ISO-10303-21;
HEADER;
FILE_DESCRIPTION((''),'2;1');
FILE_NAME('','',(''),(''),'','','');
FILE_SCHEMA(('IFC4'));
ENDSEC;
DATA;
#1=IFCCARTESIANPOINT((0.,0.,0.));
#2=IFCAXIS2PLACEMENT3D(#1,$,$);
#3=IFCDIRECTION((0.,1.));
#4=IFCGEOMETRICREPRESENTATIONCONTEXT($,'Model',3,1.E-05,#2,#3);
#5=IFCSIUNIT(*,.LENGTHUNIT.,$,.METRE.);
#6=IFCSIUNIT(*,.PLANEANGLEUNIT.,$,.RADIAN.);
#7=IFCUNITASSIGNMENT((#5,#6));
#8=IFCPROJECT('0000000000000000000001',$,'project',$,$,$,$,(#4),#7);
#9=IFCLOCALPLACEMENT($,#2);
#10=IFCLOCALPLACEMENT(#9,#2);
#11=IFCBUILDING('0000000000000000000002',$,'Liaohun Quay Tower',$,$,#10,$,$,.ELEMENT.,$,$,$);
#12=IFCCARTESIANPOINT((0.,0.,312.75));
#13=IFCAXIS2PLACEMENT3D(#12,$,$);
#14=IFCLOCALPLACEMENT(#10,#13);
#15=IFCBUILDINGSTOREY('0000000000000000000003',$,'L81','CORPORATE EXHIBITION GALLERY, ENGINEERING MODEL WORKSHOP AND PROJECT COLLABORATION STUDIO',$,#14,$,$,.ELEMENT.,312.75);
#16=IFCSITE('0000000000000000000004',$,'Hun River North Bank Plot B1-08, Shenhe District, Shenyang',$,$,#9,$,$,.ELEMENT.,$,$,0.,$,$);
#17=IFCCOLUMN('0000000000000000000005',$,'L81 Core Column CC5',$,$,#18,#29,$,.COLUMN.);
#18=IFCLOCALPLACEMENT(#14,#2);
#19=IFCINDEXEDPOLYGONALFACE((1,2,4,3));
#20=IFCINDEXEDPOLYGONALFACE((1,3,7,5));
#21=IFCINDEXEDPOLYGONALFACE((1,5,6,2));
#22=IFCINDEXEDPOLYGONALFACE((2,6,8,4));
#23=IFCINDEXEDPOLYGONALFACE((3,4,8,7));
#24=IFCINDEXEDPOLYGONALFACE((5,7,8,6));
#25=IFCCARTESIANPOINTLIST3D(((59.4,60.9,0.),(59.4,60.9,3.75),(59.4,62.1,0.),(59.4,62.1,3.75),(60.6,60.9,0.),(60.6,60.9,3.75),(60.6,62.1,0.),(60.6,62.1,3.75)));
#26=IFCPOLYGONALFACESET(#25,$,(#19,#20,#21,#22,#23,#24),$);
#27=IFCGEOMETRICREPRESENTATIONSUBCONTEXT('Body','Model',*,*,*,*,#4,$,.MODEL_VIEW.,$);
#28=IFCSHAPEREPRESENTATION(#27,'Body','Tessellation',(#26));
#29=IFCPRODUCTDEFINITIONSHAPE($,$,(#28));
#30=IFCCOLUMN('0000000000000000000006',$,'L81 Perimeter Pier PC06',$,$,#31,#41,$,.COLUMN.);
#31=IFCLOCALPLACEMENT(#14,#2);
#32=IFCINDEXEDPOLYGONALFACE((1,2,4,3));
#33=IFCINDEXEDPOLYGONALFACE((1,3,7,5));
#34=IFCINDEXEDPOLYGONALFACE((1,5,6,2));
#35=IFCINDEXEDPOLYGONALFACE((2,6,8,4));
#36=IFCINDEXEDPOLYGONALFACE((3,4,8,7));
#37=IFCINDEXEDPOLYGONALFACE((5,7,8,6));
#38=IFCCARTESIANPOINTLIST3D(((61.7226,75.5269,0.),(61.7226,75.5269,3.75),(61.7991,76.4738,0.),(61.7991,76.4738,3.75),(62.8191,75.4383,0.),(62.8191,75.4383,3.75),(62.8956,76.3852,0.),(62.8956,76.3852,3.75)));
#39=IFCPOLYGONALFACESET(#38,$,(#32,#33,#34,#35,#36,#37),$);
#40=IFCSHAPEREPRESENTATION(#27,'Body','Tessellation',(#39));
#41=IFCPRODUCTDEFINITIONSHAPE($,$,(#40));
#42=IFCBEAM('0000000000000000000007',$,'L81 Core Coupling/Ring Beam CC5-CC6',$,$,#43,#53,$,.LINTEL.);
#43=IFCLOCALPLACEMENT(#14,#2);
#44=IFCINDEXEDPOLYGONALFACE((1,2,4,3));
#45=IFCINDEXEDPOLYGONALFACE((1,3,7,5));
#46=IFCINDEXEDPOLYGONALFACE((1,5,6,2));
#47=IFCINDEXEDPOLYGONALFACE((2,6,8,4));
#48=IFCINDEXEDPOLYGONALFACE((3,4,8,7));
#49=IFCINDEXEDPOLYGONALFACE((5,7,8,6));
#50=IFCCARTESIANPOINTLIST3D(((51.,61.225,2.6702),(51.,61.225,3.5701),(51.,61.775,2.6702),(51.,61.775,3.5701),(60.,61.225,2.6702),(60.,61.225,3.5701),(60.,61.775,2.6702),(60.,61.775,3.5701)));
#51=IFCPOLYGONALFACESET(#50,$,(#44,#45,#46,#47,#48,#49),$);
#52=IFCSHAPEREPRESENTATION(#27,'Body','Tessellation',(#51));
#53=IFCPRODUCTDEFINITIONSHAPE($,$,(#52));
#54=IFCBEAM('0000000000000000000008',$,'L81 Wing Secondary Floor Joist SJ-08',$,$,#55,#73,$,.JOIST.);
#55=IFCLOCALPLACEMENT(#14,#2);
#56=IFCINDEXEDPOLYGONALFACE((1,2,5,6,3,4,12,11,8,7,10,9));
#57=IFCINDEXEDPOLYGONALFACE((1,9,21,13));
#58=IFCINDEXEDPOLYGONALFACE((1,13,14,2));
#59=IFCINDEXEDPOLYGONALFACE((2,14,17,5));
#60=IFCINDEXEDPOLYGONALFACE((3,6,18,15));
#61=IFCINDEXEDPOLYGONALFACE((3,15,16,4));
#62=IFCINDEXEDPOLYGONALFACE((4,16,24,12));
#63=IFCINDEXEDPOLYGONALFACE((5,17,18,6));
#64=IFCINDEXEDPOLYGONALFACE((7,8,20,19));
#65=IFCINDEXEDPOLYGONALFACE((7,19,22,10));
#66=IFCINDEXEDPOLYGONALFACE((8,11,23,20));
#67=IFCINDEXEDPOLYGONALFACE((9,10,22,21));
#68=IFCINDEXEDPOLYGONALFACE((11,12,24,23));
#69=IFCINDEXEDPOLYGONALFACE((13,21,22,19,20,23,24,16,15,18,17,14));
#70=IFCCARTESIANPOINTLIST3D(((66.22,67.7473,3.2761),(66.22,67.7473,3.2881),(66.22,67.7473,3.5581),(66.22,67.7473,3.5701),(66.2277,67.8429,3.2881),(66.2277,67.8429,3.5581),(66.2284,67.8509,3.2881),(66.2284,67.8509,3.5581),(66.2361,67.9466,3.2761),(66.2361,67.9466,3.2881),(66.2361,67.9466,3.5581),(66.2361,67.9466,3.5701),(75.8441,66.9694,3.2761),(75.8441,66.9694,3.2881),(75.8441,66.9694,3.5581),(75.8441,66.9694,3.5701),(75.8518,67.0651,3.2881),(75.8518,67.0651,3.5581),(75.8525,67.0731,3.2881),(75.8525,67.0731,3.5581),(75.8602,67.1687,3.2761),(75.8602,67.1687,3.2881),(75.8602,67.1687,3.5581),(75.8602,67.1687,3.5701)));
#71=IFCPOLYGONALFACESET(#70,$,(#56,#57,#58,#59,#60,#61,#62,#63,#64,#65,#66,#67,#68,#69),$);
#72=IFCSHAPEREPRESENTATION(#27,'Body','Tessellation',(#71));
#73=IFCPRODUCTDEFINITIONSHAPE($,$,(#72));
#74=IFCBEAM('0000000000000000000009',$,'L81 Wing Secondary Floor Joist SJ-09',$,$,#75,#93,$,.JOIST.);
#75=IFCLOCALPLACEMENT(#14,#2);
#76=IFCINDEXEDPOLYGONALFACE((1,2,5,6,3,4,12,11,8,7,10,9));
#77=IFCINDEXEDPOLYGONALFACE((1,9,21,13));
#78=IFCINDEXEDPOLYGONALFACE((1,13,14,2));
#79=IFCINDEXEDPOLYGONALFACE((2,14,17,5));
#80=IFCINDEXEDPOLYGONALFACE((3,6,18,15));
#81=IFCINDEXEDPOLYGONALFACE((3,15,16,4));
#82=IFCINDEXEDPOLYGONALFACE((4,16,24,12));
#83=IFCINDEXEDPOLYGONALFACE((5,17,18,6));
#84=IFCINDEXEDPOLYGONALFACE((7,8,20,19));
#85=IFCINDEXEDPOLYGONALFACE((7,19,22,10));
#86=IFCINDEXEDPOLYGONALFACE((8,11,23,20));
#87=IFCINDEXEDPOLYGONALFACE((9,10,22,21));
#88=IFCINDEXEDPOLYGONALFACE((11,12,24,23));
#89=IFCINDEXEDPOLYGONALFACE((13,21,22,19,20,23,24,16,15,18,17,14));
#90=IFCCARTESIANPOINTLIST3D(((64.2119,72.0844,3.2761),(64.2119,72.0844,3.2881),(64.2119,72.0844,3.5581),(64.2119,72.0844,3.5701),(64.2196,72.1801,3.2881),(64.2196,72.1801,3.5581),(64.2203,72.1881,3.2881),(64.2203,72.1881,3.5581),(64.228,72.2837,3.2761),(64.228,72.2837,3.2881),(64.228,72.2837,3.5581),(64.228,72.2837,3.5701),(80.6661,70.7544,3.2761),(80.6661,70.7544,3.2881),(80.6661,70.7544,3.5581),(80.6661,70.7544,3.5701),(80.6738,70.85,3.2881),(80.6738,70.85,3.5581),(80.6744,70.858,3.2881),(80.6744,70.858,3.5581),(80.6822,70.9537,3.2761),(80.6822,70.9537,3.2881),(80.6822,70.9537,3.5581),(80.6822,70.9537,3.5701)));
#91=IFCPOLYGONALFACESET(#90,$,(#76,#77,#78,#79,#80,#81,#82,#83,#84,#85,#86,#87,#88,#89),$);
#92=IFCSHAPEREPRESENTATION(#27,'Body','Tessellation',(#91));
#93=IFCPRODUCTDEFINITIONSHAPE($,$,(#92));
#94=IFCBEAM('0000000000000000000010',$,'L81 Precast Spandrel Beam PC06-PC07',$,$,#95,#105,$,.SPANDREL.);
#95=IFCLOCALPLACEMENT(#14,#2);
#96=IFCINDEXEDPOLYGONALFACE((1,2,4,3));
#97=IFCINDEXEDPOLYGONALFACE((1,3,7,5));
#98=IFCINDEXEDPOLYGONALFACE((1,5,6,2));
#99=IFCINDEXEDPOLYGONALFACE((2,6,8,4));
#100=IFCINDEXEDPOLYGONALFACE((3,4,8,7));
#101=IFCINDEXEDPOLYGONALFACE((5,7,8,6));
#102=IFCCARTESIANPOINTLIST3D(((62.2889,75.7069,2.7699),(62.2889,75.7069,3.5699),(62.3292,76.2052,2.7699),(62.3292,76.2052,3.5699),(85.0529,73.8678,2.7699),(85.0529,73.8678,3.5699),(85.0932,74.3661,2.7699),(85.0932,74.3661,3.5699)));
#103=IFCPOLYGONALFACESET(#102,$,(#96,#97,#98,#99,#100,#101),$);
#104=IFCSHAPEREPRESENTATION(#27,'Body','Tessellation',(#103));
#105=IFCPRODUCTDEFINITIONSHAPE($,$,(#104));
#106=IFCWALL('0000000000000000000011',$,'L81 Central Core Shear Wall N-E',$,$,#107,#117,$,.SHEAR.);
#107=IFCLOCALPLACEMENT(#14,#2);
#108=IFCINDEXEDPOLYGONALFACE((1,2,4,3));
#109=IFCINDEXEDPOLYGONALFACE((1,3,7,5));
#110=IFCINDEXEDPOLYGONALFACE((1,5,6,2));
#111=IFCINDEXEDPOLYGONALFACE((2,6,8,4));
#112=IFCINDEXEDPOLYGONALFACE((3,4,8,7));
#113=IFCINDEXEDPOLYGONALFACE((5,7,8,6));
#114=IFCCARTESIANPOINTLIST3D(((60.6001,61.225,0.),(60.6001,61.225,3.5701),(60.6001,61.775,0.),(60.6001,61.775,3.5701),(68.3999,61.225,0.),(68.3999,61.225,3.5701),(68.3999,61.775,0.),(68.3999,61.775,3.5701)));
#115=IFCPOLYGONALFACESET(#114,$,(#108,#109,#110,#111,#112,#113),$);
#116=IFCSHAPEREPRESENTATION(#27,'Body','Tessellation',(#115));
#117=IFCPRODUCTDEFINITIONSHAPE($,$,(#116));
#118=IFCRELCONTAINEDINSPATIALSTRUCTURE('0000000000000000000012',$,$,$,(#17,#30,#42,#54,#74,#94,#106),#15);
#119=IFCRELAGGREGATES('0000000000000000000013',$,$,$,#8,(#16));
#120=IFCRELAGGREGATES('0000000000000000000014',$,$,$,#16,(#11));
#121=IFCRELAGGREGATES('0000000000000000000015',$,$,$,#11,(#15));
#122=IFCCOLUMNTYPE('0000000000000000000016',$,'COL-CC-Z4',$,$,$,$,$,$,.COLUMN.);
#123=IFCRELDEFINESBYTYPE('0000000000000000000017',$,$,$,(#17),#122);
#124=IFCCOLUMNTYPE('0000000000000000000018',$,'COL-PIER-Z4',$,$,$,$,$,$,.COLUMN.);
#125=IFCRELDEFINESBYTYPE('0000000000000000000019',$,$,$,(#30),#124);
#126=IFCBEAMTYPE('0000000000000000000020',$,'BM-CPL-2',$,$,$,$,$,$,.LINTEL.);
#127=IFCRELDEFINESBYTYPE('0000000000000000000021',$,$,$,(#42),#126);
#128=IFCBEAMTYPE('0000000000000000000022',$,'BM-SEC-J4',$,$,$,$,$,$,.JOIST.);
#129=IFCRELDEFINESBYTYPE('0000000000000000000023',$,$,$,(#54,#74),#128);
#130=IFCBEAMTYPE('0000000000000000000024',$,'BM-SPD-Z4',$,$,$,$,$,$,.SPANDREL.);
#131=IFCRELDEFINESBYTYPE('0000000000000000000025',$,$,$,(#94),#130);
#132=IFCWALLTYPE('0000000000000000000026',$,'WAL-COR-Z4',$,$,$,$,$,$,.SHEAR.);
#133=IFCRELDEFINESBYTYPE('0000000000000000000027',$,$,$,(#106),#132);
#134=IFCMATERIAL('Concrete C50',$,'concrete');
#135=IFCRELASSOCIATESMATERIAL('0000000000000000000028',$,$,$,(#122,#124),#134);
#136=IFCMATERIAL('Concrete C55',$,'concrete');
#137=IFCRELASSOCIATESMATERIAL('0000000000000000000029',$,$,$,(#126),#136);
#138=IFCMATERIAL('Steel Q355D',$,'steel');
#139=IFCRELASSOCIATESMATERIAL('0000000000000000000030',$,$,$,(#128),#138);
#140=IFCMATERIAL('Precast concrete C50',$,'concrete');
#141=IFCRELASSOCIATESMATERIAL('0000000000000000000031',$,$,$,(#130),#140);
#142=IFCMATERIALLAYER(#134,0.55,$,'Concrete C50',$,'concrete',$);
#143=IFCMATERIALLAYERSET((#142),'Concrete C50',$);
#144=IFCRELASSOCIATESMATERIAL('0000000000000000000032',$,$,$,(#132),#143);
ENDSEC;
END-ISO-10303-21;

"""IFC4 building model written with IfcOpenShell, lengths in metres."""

from ifc_helpers import new_model, si_unit, direction, frame, frame_2d, origin, origin_2d, place, context, subcontext, project, spatial, rectangle, i_section, extrude, source, transform, mapped, material, layer, layer_set, material_profile, profile_set, type_object, element, save


model = new_model("IFC4")

# Units and contexts
model_context = context("Model", 3, precision=1e-05, world=origin(), true_north=direction((0.0, 1.0)))
body_context = subcontext(model_context, "Body", "Model", "MODEL_VIEW")
ifc_project = project(units=[si_unit("LENGTHUNIT", "METRE"), si_unit("PLANEANGLEUNIT", "RADIAN")], contexts=[model_context])

# Site, building, storey
site_placement = place(None, origin())
site = spatial("IfcSite", under=ifc_project, at=site_placement, Name="Hun River North Bank Plot B1-08, Shenhe District, Shenyang", CompositionType="ELEMENT", RefElevation=0.0)
building_placement = place(site_placement, origin())
building = spatial("IfcBuilding", under=site, at=building_placement, Name="Liaohun Quay Tower", CompositionType="ELEMENT")
storey_placement = place(building_placement, frame((0.0, 0.0, 312.75)))
storey = spatial("IfcBuildingStorey", under=building, at=storey_placement, Name="L81", Description="CORPORATE EXHIBITION GALLERY, ENGINEERING MODEL WORKSHOP AND PROJECT COLLABORATION STUDIO", CompositionType="ELEMENT", Elevation=312.75)

# Columns
ifc_material_1 = material(Name="Concrete C50", Category="concrete")
ifc_material_profile_1 = material_profile(ifc_material_1, rectangle(XDim=1.2, YDim=1.2, at=origin_2d()), Name="RC1200x1200")
ifc_profile_set_1 = profile_set([ifc_material_profile_1], Name="Concrete C50")
column_type_1 = type_object("IfcColumnType", Name="COL-CC-Z4", PredefinedType="COLUMN", material=ifc_profile_set_1)
shared_shape_1 = source(origin(), body_context, "Body", "SweptSolid", [
    extrude(rectangle(XDim=1.2, YDim=1.2, at=origin_2d()), origin(), (0.0, 0.0, 1.0), 3.75),
])
column_1_placement = place(storey_placement, frame((60.0, 61.5, 0.0), z_axis=(0.0, 0.0, 1.0), x_axis=(1.0, 0.0, 0.0)))
element("IfcColumn", 1, at=column_1_placement, inside=storey, type_object=column_type_1, Name="L81 Core Column CC5", PredefinedType="COLUMN", context=body_context, shape_type="MappedRepresentation", body=[
    mapped(shared_shape_1, transform((0.0, 0.0, 0.0), x_axis=(1.0, 0.0, 0.0), y_axis=(0.0, 1.0, 0.0), z_axis=(0.0, 0.0, 1.0), scale=1.0)),
])
ifc_material_profile_2 = material_profile(ifc_material_1, rectangle(XDim=1.1001, YDim=0.95, at=origin_2d()), Name="RC1100x950")
ifc_profile_set_2 = profile_set([ifc_material_profile_2], Name="Concrete C50")
column_type_2 = type_object("IfcColumnType", Name="COL-PIER-Z4", PredefinedType="COLUMN", material=ifc_profile_set_2)
shared_shape_2 = source(origin(), body_context, "Body", "SweptSolid", [
    extrude(rectangle(XDim=1.1001, YDim=0.95, at=origin_2d()), origin(), (0.0, 0.0, 1.0), 3.75),
])
column_2_placement = place(storey_placement, frame((62.3091, 75.9561, 0.0), z_axis=(0.0, 0.0, 1.0), x_axis=(-0.996751, 0.080547, 0.0)))
element("IfcColumn", 2, at=column_2_placement, inside=storey, type_object=column_type_2, Name="L81 Perimeter Pier PC06", PredefinedType="COLUMN", context=body_context, shape_type="MappedRepresentation", body=[
    mapped(shared_shape_2, transform((0.0, 0.0, 0.0), x_axis=(1.0, 0.0, 0.0), y_axis=(0.0, 1.0, 0.0), z_axis=(0.0, 0.0, 1.0), scale=1.0)),
])

# Beams
ifc_material_2 = material(Name="Concrete C55", Category="concrete")
ifc_material_profile_3 = material_profile(ifc_material_2, rectangle(XDim=0.55, YDim=0.8999, at=origin_2d()), Name="RC550x900")
ifc_profile_set_3 = profile_set([ifc_material_profile_3], Name="Concrete C55")
beam_type_1 = type_object("IfcBeamType", Name="BM-CPL-2", PredefinedType="LINTEL", material=ifc_profile_set_3)
shared_shape_3 = source(origin(), body_context, "Body", "SweptSolid", [
    extrude(rectangle(XDim=0.55, YDim=0.8999, at=origin_2d()), origin(), (0.0, 0.0, 1.0), 9.0),
])
beam_1_placement = place(storey_placement, frame((60.0, 61.5, 3.1201), z_axis=(-1.0, 0.0, 0.0), x_axis=(0.0, -1.0, 0.0)))
element("IfcBeam", 3, at=beam_1_placement, inside=storey, type_object=beam_type_1, Name="L81 Core Coupling/Ring Beam CC5-CC6", PredefinedType="LINTEL", context=body_context, shape_type="MappedRepresentation", body=[
    mapped(shared_shape_3, transform((0.0, 0.0, 0.0), x_axis=(1.0, 0.0, 0.0), y_axis=(0.0, 1.0, 0.0), z_axis=(0.0, 0.0, 1.0), scale=1.0)),
])
ifc_material_3 = material(Name="Steel Q355D", Category="steel")
ifc_material_profile_4 = material_profile(ifc_material_3, i_section(OverallWidth=0.2, OverallDepth=0.2939, WebThickness=0.0081, FlangeThickness=0.012, at=origin_2d()), Name="HM294x200x8x12")
ifc_profile_set_4 = profile_set([ifc_material_profile_4], Name="Steel Q355D")
beam_type_2 = type_object("IfcBeamType", Name="BM-SEC-J4", PredefinedType="JOIST", material=ifc_profile_set_4)
shared_shape_4 = source(origin(), body_context, "Body", "SweptSolid", [
    extrude(i_section(OverallWidth=0.2, OverallDepth=0.2939, WebThickness=0.0081, FlangeThickness=0.012, at=origin_2d()), origin(), (0.0, 0.0, 1.0), 9.6555),
])
beam_2_placement = place(storey_placement, frame((66.228, 67.8469, 3.4231), z_axis=(0.99675, -0.080559, 0.0), x_axis=(0.080559, 0.99675, 0.0)))
element("IfcBeam", 4, at=beam_2_placement, inside=storey, type_object=beam_type_2, Name="L81 Wing Secondary Floor Joist SJ-08", PredefinedType="JOIST", context=body_context, shape_type="MappedRepresentation", body=[
    mapped(shared_shape_4, transform((0.0, 0.0, 0.0), x_axis=(1.0, 0.0, 0.0), y_axis=(0.0, 1.0, 0.0), z_axis=(0.0, 0.0, 1.0), scale=1.0)),
])
shared_shape_5 = source(origin(), body_context, "Body", "SweptSolid", [
    extrude(i_section(OverallWidth=0.2, OverallDepth=0.2939, WebThickness=0.0081, FlangeThickness=0.012, at=origin_2d()), origin(), (0.0, 0.0, 1.0), 16.5078),
])
beam_3_placement = place(storey_placement, frame((64.22, 72.1841, 3.4231), z_axis=(0.996749, -0.080573, 0.0), x_axis=(0.080573, 0.996749, 0.0)))
element("IfcBeam", 5, at=beam_3_placement, inside=storey, type_object=beam_type_2, Name="L81 Wing Secondary Floor Joist SJ-09", PredefinedType="JOIST", context=body_context, shape_type="MappedRepresentation", body=[
    mapped(shared_shape_5, transform((0.0, 0.0, 0.0), x_axis=(1.0, 0.0, 0.0), y_axis=(0.0, 1.0, 0.0), z_axis=(0.0, 0.0, 1.0), scale=1.0)),
])
ifc_material_4 = material(Name="Precast concrete C50", Category="concrete")
ifc_material_profile_5 = material_profile(ifc_material_4, rectangle(XDim=0.5, YDim=0.8, at=origin_2d()), Name="RC500x800")
ifc_profile_set_5 = profile_set([ifc_material_profile_5], Name="Precast concrete C50")
beam_type_3 = type_object("IfcBeamType", Name="BM-SPD-Z4", PredefinedType="SPANDREL", material=ifc_profile_set_5)
shared_shape_6 = source(origin(), body_context, "Body", "SweptSolid", [
    extrude(rectangle(XDim=0.5, YDim=0.8, at=origin_2d()), origin(), (0.0, 0.0, 1.0), 22.8381),
])
beam_4_placement = place(storey_placement, frame((62.3091, 75.9561, 3.1699), z_axis=(0.996752, -0.080528, 0.0), x_axis=(0.080528, 0.996752, 0.0)))
element("IfcBeam", 6, at=beam_4_placement, inside=storey, type_object=beam_type_3, Name="L81 Precast Spandrel Beam PC06-PC07", PredefinedType="SPANDREL", context=body_context, shape_type="MappedRepresentation", body=[
    mapped(shared_shape_6, transform((0.0, 0.0, 0.0), x_axis=(1.0, 0.0, 0.0), y_axis=(0.0, 1.0, 0.0), z_axis=(0.0, 0.0, 1.0), scale=1.0)),
])

# Wall
ifc_layer_1 = layer(ifc_material_1, 0.55, Name="Concrete C50", Category="concrete")
ifc_layer_set_1 = layer_set([ifc_layer_1], Name="Concrete C50")
wall_type_1 = type_object("IfcWallType", Name="WAL-COR-Z4", PredefinedType="SHEAR", material=ifc_layer_set_1)
wall_1_placement = place(storey_placement, frame((60.6001, 61.5, 0.0), z_axis=(0.0, 0.0, 1.0), x_axis=(1.0, 0.0, 0.0)))
element("IfcWall", 7, at=wall_1_placement, inside=storey, type_object=wall_type_1, Name="L81 Central Core Shear Wall N-E", PredefinedType="SHEAR", context=body_context, shape_type="SweptSolid", body=[
    extrude(rectangle(XDim=7.7998, YDim=0.55, at=frame_2d((3.8999, 0.0))), origin(), (0.0, 0.0, 1.0), 3.5701),
])

save(model, "model.ifc")
